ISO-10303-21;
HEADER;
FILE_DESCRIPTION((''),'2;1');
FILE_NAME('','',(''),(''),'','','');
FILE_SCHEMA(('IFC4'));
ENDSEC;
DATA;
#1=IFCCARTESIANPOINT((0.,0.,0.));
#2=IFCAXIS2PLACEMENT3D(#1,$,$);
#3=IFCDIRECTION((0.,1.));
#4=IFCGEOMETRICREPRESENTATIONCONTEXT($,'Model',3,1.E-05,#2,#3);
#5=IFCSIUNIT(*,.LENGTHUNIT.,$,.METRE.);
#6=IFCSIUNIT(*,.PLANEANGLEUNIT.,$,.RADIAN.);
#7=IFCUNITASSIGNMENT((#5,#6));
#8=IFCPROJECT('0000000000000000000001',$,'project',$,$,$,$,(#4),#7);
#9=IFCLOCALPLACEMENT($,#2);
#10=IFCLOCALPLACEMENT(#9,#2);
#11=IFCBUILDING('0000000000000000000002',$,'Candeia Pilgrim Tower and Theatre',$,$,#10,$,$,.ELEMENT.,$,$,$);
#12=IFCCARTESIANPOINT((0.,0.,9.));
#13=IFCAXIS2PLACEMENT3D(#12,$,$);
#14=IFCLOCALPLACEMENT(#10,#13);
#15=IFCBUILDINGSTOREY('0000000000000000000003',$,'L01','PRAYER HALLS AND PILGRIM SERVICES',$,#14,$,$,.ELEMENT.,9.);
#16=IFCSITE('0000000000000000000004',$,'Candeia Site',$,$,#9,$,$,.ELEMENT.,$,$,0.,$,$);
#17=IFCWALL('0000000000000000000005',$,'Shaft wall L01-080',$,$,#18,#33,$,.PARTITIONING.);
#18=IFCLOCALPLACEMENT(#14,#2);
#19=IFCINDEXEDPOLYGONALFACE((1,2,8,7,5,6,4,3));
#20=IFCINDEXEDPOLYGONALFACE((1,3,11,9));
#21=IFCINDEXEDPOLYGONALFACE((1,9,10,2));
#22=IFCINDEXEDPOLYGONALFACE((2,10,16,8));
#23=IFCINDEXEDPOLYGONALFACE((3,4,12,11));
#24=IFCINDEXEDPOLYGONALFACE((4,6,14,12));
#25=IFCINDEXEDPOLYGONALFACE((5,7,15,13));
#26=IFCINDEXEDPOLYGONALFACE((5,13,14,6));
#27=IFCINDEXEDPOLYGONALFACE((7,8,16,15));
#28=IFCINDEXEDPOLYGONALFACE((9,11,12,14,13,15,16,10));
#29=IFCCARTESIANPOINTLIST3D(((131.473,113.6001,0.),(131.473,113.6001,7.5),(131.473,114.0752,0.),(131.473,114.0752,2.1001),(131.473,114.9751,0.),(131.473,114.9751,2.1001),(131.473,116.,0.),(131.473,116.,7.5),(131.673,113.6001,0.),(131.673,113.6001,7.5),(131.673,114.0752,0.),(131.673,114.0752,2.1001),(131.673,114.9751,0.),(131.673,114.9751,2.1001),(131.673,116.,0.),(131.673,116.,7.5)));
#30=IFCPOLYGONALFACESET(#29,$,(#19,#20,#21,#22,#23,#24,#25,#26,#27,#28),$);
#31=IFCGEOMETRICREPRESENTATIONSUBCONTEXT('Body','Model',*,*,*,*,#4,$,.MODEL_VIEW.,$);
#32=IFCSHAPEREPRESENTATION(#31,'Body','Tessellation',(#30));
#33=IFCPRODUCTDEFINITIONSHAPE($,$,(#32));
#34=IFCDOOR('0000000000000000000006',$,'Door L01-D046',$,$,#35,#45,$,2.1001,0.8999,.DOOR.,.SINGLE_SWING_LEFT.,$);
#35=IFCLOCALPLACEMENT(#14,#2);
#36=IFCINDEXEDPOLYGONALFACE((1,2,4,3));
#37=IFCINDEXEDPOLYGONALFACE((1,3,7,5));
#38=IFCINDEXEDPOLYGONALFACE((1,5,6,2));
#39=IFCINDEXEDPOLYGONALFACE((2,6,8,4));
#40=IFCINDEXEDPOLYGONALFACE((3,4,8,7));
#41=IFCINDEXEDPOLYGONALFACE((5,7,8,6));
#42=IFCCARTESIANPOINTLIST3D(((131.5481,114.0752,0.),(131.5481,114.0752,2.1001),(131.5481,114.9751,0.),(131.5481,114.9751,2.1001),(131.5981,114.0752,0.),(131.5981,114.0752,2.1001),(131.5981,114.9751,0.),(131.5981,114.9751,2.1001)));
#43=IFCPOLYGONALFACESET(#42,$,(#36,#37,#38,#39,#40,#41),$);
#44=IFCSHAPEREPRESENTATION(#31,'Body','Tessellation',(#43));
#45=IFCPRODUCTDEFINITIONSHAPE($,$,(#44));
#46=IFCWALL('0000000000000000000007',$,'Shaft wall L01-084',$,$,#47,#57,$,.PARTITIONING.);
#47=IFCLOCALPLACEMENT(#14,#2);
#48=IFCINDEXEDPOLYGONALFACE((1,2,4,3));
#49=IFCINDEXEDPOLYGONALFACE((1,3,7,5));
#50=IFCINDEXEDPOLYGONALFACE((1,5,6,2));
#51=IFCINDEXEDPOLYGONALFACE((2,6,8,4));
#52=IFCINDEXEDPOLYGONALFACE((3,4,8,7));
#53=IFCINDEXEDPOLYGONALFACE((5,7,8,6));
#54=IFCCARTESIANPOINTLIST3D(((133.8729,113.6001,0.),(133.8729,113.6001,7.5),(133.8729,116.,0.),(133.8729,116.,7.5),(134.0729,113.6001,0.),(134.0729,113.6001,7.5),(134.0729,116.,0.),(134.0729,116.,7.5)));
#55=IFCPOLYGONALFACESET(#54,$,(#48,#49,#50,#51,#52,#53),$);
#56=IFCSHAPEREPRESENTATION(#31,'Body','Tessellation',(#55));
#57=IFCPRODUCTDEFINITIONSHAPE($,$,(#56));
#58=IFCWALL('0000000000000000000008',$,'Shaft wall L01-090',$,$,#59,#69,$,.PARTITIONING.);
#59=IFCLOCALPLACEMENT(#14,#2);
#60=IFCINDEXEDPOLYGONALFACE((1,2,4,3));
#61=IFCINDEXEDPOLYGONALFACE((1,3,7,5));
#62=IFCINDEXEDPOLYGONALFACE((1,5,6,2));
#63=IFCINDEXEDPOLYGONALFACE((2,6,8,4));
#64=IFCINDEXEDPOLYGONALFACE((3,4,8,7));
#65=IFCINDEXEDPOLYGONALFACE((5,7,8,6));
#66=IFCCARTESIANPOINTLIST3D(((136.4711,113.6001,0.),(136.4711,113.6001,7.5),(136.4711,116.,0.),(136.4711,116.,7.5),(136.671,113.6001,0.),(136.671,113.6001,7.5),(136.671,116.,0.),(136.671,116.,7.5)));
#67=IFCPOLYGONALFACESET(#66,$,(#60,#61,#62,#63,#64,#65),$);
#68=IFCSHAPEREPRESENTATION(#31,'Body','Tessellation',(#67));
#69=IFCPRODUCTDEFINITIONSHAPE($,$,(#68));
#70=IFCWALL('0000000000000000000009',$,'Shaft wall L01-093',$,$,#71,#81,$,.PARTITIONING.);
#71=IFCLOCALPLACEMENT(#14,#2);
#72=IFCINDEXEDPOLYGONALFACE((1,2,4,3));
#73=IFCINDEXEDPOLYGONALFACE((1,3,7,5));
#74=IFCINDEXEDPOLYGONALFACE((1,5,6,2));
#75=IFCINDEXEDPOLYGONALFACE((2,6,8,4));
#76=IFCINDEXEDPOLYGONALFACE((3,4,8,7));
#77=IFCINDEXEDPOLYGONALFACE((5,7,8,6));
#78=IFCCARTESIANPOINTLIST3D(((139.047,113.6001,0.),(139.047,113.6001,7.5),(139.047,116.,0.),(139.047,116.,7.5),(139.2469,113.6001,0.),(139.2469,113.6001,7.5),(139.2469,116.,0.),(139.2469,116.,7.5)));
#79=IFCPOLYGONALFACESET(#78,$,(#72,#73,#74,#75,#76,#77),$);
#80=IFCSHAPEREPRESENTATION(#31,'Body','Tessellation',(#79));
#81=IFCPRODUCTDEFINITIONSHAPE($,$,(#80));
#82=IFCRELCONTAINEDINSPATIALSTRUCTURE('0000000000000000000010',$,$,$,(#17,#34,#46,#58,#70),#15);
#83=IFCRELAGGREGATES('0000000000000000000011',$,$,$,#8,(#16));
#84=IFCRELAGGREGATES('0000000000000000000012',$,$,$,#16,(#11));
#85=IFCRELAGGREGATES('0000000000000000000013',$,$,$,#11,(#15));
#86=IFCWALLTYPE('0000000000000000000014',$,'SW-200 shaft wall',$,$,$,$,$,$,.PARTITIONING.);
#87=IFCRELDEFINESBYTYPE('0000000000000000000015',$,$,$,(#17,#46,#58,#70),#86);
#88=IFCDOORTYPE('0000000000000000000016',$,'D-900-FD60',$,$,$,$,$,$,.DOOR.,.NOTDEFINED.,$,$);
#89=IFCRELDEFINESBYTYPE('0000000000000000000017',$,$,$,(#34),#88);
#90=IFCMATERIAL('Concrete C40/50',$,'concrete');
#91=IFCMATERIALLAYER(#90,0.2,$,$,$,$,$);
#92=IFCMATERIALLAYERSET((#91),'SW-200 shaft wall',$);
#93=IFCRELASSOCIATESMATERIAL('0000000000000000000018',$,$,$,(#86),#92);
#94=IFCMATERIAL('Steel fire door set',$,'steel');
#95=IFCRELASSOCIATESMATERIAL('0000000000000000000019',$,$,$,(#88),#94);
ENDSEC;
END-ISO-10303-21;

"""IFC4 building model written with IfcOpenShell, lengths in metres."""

from ifc_helpers import new_model, si_unit, direction, frame, frame_2d, origin, place, context, subcontext, project, spatial, rectangle, extrude, material, layer, layer_set, type_object, element, fill, save


model = new_model("IFC4")

# Units and contexts
model_context = context("Model", 3, precision=1e-05, world=origin(), true_north=direction((0.0, 1.0)))
body_context = subcontext(model_context, "Body", "Model", "MODEL_VIEW")
ifc_project = project(units=[si_unit("LENGTHUNIT", "METRE"), si_unit("PLANEANGLEUNIT", "RADIAN")], contexts=[model_context])

# Site, building, storey
site_placement = place(None, origin())
site = spatial("IfcSite", under=ifc_project, at=site_placement, Name="Candeia Site", CompositionType="ELEMENT", RefElevation=0.0)
building_placement = place(site_placement, origin())
building = spatial("IfcBuilding", under=site, at=building_placement, Name="Candeia Pilgrim Tower and Theatre", CompositionType="ELEMENT")
storey_placement = place(building_placement, frame((0.0, 0.0, 9.0)))
storey = spatial("IfcBuildingStorey", under=building, at=storey_placement, Name="L01", Description="PRAYER HALLS AND PILGRIM SERVICES", CompositionType="ELEMENT", Elevation=9.0)

# Shared definitions
ifc_material_1 = material(Name="Steel fire door set", Category="steel")

# Shared definitions
ifc_material_2 = material(Name="Concrete C40/50", Category="concrete")
ifc_layer_1 = layer(ifc_material_2, 0.2)
ifc_layer_set_1 = layer_set([ifc_layer_1], Name="SW-200 shaft wall")
wall_type_1 = type_object("IfcWallType", Name="SW-200 shaft wall", PredefinedType="PARTITIONING", material=ifc_layer_set_1)
door_type_1 = type_object("IfcDoorType", Name="D-900-FD60", OperationType="NOTDEFINED", PredefinedType="DOOR", material=ifc_material_1)

# Wall, opening, door
wall_1_placement = place(storey_placement, frame((131.573, 113.6001, 0.0), z_axis=(0.0, 0.0, 1.0), x_axis=(0.0, 1.0, 0.0)))
wall_1 = element("IfcWall", 1, at=wall_1_placement, inside=storey, type_object=wall_type_1, Name="Shaft wall L01-080", PredefinedType="PARTITIONING", context=body_context, shape_type="SweptSolid", body=[
    extrude(rectangle(XDim=2.3999, YDim=0.2, at=frame_2d((1.2, 0.0))), origin(), (0.0, 0.0, 1.0), 7.5),
])
opening_1_placement = place(wall_1_placement, frame((0.4751, 0.0, 0.0)))
opening_1 = element("IfcOpeningElement", 2, at=opening_1_placement, cuts=wall_1, PredefinedType="OPENING", context=body_context, shape_type="SweptSolid", body=[
    extrude(rectangle(XDim=0.8999, YDim=2.1001, at=frame_2d((0.45, 1.05))), frame((0.0, 0.1099, 0.0), z_axis=(0.0, -1.0, 0.0), x_axis=(1.0, 0.0, 0.0)), (0.0, 0.0, 1.0), 0.22),
])
door_1_placement = place(opening_1_placement, origin())
door_1 = element("IfcDoor", 3, at=door_1_placement, inside=storey, type_object=door_type_1, Name="Door L01-D046", OperationType="SINGLE_SWING_LEFT", OverallHeight=2.1001, OverallWidth=0.8999, PredefinedType="DOOR", context=body_context, shape_type="SweptSolid", body=[
    extrude(rectangle(XDim=0.8999, YDim=2.1001, at=frame_2d((0.45, 1.05))), frame((0.0, 0.0249, 0.0), z_axis=(0.0, -1.0, 0.0), x_axis=(1.0, 0.0, 0.0)), (0.0, 0.0, 1.0), 0.05),
])
fill(opening_1, door_1)

# Walls
for number, where, z_axis, x_axis, name in (
    (4, (133.9729, 113.6001, 0.0), (0.0, 0.0, 1.0), (0.0, 1.0, 0.0), "Shaft wall L01-084"),
    (5, (136.571, 113.6001, 0.0), (0.0, 0.0, 1.0), (0.0, 1.0, 0.0), "Shaft wall L01-090"),
    (6, (139.147, 113.6001, 0.0), (0.0, 0.0, 1.0), (0.0, 1.0, 0.0), "Shaft wall L01-093"),
):
    element("IfcWall", number, at=place(storey_placement, frame(where, z_axis=z_axis, x_axis=x_axis)), inside=storey, type_object=wall_type_1, Name=name, PredefinedType="PARTITIONING", context=body_context, shape_type="SweptSolid", body=[
        extrude(rectangle(XDim=2.3999, YDim=0.2, at=frame_2d((1.2, 0.0))), origin(), (0.0, 0.0, 1.0), 7.5),
    ])

save(model, "model.ifc")
